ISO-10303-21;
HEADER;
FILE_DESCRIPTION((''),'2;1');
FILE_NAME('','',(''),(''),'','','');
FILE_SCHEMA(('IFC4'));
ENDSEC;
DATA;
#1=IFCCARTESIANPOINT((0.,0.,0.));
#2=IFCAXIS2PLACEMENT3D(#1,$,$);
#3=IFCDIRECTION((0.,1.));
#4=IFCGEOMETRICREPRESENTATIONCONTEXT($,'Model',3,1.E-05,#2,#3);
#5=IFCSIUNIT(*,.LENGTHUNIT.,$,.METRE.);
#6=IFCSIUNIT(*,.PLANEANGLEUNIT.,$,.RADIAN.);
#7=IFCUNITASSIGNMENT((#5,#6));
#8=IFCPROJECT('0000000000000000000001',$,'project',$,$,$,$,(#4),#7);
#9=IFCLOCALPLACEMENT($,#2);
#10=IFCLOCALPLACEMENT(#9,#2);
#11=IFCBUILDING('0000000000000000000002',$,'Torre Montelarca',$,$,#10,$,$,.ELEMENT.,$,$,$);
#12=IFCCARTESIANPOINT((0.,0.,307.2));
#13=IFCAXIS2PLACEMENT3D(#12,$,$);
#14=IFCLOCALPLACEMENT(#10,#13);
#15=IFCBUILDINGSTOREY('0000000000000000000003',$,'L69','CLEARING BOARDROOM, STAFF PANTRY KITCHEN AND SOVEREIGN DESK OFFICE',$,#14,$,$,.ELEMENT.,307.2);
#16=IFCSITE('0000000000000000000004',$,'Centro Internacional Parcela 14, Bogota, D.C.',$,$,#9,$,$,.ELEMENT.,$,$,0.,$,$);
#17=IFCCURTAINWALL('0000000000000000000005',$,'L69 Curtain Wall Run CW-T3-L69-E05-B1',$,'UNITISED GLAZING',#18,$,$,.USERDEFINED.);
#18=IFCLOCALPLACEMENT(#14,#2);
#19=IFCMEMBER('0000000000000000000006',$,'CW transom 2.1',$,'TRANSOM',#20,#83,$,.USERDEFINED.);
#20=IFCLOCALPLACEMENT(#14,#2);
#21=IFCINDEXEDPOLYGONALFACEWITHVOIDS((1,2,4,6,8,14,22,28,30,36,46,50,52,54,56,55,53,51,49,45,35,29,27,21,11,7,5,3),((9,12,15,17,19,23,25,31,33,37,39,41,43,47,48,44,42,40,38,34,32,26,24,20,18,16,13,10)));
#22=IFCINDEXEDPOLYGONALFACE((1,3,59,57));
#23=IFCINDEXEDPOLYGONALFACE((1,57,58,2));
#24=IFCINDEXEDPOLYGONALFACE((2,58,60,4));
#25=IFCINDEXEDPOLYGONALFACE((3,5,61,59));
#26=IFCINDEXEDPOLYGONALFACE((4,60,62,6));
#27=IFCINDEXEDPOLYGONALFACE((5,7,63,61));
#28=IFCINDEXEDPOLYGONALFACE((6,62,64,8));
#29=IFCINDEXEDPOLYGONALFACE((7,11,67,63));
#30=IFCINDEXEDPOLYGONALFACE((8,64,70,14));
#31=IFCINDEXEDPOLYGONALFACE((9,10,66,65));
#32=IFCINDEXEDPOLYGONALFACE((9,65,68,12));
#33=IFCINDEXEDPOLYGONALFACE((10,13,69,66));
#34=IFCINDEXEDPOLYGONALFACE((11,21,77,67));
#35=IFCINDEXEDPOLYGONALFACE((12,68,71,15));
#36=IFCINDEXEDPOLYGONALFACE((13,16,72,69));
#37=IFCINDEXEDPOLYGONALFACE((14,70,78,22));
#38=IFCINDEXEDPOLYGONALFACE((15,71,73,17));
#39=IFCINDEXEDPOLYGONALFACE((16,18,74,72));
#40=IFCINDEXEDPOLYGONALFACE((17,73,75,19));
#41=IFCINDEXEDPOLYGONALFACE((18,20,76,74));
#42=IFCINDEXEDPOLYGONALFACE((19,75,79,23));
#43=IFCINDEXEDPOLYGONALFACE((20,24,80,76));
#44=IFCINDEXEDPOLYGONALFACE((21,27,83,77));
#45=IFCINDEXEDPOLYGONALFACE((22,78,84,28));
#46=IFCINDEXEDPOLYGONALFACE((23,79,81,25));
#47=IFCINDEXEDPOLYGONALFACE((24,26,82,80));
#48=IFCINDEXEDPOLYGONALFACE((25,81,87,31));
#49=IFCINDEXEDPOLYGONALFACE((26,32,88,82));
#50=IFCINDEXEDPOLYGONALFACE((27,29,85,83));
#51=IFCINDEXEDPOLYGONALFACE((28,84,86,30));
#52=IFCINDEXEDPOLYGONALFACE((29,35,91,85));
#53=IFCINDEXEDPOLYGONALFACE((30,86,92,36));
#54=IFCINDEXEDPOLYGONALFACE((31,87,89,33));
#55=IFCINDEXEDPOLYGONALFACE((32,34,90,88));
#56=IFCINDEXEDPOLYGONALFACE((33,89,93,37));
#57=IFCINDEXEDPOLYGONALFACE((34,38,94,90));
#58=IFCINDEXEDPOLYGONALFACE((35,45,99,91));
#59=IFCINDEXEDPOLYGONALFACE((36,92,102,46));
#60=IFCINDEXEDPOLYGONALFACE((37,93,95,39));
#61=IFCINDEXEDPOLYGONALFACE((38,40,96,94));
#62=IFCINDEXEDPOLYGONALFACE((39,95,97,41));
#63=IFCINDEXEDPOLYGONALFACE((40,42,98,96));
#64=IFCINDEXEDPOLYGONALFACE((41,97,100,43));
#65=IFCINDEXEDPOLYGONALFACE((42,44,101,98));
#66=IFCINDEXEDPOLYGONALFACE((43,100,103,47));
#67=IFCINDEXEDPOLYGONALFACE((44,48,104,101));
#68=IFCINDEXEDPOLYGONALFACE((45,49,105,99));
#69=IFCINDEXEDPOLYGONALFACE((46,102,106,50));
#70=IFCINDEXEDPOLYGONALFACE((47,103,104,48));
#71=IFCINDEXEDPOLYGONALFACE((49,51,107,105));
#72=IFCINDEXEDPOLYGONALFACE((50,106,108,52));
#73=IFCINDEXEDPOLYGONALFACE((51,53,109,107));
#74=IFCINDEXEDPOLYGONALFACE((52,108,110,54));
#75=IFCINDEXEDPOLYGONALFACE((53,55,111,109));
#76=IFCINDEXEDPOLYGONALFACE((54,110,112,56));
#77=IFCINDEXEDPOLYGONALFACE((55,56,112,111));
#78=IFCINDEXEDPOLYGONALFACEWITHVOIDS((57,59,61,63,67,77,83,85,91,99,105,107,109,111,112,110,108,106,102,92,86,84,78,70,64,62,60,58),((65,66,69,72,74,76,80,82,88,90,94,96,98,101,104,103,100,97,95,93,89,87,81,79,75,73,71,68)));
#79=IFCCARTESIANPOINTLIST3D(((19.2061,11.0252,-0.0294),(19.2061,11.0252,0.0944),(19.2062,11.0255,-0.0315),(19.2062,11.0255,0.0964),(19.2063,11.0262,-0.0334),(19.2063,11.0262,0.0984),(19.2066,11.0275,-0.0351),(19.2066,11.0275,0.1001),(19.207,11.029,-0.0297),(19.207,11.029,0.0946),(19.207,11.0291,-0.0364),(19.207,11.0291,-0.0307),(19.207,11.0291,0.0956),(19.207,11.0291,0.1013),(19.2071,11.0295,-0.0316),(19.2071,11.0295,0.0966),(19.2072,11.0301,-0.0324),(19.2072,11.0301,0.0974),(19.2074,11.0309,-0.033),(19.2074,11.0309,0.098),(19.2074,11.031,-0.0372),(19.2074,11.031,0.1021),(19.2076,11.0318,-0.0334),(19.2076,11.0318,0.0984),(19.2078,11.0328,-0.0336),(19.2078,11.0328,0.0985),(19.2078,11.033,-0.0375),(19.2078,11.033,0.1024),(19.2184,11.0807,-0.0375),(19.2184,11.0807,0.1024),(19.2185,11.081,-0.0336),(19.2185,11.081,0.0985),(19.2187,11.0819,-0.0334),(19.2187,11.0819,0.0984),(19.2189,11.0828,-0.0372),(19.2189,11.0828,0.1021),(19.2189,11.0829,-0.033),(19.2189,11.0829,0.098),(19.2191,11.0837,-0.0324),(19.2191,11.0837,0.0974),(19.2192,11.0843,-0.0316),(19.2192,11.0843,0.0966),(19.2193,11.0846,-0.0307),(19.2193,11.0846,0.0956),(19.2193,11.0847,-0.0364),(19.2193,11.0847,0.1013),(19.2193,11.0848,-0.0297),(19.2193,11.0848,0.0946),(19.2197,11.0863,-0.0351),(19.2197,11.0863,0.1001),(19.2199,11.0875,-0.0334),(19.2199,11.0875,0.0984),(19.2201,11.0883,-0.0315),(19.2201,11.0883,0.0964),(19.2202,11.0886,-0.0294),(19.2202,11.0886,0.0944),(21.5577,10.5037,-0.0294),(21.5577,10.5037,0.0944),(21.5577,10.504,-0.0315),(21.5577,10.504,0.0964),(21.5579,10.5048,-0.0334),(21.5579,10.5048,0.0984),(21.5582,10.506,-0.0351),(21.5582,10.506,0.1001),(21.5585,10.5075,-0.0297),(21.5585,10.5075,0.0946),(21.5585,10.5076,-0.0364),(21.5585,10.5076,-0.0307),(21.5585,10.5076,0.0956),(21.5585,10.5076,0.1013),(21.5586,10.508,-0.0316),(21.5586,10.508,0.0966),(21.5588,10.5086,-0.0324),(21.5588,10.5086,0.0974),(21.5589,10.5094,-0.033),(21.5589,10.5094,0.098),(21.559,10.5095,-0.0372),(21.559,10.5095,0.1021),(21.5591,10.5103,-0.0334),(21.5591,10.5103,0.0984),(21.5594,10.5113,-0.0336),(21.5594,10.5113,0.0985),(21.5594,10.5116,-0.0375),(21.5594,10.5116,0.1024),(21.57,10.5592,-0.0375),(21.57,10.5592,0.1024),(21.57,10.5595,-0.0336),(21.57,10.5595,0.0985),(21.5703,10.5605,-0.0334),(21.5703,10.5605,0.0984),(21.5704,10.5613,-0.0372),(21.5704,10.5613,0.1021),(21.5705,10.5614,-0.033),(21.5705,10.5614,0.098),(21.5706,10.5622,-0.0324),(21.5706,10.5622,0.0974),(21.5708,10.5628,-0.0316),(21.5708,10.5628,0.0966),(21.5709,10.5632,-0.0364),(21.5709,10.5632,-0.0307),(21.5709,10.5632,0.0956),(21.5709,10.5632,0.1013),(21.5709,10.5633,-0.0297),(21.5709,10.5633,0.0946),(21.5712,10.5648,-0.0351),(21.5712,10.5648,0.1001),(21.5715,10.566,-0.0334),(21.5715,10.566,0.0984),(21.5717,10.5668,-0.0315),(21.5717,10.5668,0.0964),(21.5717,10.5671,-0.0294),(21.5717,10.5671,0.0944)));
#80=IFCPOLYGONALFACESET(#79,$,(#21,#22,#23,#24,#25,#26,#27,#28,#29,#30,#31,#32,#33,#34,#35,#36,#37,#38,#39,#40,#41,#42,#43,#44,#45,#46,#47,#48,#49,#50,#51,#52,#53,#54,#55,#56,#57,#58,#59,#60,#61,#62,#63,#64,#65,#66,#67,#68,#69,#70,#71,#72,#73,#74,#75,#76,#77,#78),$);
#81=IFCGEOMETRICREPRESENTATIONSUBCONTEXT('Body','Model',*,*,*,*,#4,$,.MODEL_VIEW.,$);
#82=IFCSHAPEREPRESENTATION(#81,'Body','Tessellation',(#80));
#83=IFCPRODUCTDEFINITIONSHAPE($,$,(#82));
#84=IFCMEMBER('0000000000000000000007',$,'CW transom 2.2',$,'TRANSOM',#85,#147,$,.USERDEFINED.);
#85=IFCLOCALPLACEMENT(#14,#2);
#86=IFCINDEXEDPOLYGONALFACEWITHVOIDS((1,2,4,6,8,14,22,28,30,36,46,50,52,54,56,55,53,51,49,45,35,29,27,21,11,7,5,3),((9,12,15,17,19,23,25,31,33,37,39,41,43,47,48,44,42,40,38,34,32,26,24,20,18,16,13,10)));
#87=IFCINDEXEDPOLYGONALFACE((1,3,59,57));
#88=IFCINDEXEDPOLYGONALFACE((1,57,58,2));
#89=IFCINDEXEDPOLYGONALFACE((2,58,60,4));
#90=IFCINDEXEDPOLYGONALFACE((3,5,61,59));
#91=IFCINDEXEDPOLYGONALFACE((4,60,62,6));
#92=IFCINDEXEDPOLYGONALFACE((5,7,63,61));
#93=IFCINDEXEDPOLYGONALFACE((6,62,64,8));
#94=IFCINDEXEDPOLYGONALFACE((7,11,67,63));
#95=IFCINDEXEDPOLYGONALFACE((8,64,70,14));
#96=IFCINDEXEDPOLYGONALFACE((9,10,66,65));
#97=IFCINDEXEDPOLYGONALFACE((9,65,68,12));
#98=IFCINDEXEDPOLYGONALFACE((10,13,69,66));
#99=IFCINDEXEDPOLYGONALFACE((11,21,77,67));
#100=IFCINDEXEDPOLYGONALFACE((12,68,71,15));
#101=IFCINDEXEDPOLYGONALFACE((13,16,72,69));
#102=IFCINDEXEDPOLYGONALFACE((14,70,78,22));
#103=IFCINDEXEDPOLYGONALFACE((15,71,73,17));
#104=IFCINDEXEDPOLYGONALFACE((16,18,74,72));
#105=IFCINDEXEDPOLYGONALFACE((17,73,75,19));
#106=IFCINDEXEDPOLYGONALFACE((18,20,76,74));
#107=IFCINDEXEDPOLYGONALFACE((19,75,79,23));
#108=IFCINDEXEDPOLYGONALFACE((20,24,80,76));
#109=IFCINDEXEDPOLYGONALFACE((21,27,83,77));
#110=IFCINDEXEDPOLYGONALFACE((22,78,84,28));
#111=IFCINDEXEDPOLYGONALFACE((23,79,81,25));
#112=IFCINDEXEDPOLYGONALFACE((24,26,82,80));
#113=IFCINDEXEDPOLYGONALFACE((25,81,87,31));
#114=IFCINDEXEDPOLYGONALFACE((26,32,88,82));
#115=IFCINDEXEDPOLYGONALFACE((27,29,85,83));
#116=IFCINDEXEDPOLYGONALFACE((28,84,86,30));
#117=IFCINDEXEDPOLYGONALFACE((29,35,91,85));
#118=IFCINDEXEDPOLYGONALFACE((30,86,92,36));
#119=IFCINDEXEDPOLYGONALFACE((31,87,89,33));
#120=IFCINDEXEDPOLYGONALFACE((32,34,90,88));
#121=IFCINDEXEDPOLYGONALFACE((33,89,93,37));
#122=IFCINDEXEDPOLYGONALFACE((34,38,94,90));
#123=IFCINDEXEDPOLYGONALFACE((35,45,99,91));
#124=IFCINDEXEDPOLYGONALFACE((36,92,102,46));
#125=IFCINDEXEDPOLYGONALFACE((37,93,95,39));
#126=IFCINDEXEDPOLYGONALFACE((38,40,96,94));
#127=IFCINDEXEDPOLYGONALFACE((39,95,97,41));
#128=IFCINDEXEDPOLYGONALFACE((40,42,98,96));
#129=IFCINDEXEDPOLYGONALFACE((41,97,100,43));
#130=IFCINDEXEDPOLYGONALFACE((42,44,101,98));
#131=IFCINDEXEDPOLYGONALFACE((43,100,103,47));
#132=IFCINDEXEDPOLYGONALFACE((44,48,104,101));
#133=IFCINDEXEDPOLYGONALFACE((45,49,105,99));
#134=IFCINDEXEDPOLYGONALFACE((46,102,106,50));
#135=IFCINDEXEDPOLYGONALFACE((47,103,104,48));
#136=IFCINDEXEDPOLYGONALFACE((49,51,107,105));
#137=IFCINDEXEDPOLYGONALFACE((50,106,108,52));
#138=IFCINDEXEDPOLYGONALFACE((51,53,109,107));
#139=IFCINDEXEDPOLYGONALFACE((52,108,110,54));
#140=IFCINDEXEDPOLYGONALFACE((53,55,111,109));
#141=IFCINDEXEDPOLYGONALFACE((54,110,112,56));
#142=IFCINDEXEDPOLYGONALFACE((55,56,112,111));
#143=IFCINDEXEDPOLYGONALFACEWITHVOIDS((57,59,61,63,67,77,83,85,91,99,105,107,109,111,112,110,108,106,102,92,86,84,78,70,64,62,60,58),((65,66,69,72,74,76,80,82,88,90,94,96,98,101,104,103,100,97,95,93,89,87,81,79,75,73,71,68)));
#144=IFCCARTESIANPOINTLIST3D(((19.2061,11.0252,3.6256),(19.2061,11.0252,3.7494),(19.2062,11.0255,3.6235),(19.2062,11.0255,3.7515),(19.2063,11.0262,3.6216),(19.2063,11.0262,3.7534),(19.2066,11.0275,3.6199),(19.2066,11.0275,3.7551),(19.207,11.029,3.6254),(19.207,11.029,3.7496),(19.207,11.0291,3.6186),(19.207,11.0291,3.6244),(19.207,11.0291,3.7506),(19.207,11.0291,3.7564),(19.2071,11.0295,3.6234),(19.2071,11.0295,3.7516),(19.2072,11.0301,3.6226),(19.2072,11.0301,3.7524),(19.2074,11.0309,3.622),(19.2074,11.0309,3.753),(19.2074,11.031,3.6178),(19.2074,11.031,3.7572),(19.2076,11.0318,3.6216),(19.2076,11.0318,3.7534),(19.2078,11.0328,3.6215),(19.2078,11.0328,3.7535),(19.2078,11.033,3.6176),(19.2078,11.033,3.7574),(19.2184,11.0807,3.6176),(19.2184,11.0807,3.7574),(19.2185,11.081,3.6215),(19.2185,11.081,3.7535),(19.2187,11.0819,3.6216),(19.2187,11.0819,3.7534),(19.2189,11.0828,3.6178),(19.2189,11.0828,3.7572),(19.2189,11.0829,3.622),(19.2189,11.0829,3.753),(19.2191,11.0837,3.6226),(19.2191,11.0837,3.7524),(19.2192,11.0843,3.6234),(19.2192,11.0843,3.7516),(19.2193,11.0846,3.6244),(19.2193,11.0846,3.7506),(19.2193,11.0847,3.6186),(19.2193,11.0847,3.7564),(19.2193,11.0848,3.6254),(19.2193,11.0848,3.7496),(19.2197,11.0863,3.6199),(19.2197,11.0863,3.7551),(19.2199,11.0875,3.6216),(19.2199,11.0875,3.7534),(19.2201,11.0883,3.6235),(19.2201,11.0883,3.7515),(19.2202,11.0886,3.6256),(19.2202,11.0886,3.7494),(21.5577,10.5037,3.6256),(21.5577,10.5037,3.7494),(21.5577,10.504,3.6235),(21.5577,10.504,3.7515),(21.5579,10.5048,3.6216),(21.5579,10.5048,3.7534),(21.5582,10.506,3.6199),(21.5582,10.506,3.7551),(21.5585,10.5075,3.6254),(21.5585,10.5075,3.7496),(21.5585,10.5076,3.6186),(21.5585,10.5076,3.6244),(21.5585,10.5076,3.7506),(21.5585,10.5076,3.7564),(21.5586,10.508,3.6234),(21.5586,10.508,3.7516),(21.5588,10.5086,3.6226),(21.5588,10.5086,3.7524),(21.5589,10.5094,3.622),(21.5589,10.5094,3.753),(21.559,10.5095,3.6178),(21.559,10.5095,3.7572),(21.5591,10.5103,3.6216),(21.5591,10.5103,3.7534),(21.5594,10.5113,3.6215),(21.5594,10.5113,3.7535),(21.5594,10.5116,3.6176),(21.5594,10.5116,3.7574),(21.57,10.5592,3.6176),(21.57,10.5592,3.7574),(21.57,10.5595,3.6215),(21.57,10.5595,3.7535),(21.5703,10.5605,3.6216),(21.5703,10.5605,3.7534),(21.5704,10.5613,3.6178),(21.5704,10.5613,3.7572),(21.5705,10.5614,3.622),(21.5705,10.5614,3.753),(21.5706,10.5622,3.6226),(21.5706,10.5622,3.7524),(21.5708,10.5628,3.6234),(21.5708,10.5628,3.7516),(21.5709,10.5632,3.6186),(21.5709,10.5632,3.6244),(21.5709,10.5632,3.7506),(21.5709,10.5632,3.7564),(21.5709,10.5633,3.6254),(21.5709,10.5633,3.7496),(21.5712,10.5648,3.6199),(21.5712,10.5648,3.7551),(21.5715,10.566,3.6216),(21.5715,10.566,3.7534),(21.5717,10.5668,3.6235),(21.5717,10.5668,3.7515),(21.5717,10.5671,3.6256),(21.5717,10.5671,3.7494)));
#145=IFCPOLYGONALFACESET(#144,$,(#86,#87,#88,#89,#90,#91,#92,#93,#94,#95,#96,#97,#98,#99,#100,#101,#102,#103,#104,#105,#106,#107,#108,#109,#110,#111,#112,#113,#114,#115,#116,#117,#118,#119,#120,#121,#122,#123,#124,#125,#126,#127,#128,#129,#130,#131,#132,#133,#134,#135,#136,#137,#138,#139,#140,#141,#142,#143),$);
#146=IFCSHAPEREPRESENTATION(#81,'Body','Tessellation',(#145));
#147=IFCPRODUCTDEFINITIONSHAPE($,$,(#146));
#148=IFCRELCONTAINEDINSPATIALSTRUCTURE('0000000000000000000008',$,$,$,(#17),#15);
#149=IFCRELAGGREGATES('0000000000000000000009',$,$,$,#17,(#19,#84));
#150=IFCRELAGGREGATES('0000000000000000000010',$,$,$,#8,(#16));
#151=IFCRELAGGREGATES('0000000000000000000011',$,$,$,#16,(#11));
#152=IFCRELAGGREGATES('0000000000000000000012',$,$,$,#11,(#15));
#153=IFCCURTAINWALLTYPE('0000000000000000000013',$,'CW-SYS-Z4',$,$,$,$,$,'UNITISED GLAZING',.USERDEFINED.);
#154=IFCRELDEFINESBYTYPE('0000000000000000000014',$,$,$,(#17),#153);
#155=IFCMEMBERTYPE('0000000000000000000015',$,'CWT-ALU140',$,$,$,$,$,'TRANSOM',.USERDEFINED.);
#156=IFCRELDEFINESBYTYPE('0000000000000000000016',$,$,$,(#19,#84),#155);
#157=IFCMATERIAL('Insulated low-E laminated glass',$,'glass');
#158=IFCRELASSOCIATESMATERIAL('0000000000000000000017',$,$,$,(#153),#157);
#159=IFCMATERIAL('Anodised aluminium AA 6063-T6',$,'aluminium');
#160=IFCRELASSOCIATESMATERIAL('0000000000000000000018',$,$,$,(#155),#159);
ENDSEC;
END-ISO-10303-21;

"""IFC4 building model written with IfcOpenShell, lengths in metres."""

from ifc_helpers import new_model, si_unit, direction, frame, origin, origin_2d, place, context, subcontext, project, spatial, hollow_rectangle, extrude, source, transform, mapped, material, material_profile, profile_set, type_object, element, aggregate, save


model = new_model("IFC4")

# Units and contexts
model_context = context("Model", 3, precision=1e-05, world=origin(), true_north=direction((0.0, 1.0)))
body_context = subcontext(model_context, "Body", "Model", "MODEL_VIEW")
ifc_project = project(units=[si_unit("LENGTHUNIT", "METRE"), si_unit("PLANEANGLEUNIT", "RADIAN")], contexts=[model_context])

# Site, building, storey
site_placement = place(None, origin())
site = spatial("IfcSite", under=ifc_project, at=site_placement, Name="Centro Internacional Parcela 14, Bogota, D.C.", CompositionType="ELEMENT", RefElevation=0.0)
building_placement = place(site_placement, origin())
building = spatial("IfcBuilding", under=site, at=building_placement, Name="Torre Montelarca", CompositionType="ELEMENT")
storey_placement = place(building_placement, frame((0.0, 0.0, 307.2)))
storey = spatial("IfcBuildingStorey", under=building, at=storey_placement, Name="L69", Description="CLEARING BOARDROOM, STAFF PANTRY KITCHEN AND SOVEREIGN DESK OFFICE", CompositionType="ELEMENT", Elevation=307.2)

# Curtain wall
ifc_material_1 = material(Name="Insulated low-E laminated glass", Category="glass")
curtain_wall_type = type_object("IfcCurtainWallType", Name="CW-SYS-Z4", ElementType="UNITISED GLAZING", PredefinedType="USERDEFINED", material=ifc_material_1)
curtain_wall_1_placement = place(storey_placement, origin())
curtain_wall_1 = element("IfcCurtainWall", 1, at=curtain_wall_1_placement, inside=storey, type_object=curtain_wall_type, Name="L69 Curtain Wall Run CW-T3-L69-E05-B1", ObjectType="UNITISED GLAZING", PredefinedType="USERDEFINED")
ifc_material_2 = material(Name="Anodised aluminium AA 6063-T6", Category="aluminium")

# Members
ifc_material_profile_1 = material_profile(ifc_material_2, hollow_rectangle(XDim=0.0649, YDim=0.1399, WallThickness=0.0039, InnerFilletRadius=0.0039, OuterFilletRadius=0.0081, at=origin_2d()), Name="ALU65X140X4", Category="aluminium")
ifc_profile_set_1 = profile_set([ifc_material_profile_1], Name="Anodised aluminium AA 6063-T6")
member_type_1 = type_object("IfcMemberType", Name="CWT-ALU140", ElementType="TRANSOM", PredefinedType="USERDEFINED", material=ifc_profile_set_1)
shared_shape_1 = source(origin(), body_context, "Body", "SweptSolid", [
    extrude(hollow_rectangle(XDim=0.0649, YDim=0.1399, WallThickness=0.0039, InnerFilletRadius=0.0039, OuterFilletRadius=0.0081, at=origin_2d()), origin(), (0.0, 0.0, 1.0), 2.4087),
])
member_1_placement = place(storey_placement, frame((19.2131, 11.0569, 0.0325), z_axis=(0.976282, -0.216501, 0.0), x_axis=(0.216501, 0.976282, 0.0)))
member_1 = element("IfcMember", 2, at=member_1_placement, type_object=member_type_1, Name="CW transom 2.1", ObjectType="TRANSOM", PredefinedType="USERDEFINED", context=body_context, shape_type="MappedRepresentation", body=[
    mapped(shared_shape_1, transform((0.0, 0.0, 0.0), scale=1.0)),
])
member_2_placement = place(storey_placement, frame((19.2131, 11.0569, 3.6875), z_axis=(0.976282, -0.216501, 0.0), x_axis=(0.216501, 0.976282, 0.0)))
member_2 = element("IfcMember", 3, at=member_2_placement, type_object=member_type_1, Name="CW transom 2.2", ObjectType="TRANSOM", PredefinedType="USERDEFINED", context=body_context, shape_type="MappedRepresentation", body=[
    mapped(shared_shape_1, transform((0.0, 0.0, 0.0), scale=1.0)),
])

aggregate(curtain_wall_1, [member_1, member_2])

save(model, "model.ifc")
